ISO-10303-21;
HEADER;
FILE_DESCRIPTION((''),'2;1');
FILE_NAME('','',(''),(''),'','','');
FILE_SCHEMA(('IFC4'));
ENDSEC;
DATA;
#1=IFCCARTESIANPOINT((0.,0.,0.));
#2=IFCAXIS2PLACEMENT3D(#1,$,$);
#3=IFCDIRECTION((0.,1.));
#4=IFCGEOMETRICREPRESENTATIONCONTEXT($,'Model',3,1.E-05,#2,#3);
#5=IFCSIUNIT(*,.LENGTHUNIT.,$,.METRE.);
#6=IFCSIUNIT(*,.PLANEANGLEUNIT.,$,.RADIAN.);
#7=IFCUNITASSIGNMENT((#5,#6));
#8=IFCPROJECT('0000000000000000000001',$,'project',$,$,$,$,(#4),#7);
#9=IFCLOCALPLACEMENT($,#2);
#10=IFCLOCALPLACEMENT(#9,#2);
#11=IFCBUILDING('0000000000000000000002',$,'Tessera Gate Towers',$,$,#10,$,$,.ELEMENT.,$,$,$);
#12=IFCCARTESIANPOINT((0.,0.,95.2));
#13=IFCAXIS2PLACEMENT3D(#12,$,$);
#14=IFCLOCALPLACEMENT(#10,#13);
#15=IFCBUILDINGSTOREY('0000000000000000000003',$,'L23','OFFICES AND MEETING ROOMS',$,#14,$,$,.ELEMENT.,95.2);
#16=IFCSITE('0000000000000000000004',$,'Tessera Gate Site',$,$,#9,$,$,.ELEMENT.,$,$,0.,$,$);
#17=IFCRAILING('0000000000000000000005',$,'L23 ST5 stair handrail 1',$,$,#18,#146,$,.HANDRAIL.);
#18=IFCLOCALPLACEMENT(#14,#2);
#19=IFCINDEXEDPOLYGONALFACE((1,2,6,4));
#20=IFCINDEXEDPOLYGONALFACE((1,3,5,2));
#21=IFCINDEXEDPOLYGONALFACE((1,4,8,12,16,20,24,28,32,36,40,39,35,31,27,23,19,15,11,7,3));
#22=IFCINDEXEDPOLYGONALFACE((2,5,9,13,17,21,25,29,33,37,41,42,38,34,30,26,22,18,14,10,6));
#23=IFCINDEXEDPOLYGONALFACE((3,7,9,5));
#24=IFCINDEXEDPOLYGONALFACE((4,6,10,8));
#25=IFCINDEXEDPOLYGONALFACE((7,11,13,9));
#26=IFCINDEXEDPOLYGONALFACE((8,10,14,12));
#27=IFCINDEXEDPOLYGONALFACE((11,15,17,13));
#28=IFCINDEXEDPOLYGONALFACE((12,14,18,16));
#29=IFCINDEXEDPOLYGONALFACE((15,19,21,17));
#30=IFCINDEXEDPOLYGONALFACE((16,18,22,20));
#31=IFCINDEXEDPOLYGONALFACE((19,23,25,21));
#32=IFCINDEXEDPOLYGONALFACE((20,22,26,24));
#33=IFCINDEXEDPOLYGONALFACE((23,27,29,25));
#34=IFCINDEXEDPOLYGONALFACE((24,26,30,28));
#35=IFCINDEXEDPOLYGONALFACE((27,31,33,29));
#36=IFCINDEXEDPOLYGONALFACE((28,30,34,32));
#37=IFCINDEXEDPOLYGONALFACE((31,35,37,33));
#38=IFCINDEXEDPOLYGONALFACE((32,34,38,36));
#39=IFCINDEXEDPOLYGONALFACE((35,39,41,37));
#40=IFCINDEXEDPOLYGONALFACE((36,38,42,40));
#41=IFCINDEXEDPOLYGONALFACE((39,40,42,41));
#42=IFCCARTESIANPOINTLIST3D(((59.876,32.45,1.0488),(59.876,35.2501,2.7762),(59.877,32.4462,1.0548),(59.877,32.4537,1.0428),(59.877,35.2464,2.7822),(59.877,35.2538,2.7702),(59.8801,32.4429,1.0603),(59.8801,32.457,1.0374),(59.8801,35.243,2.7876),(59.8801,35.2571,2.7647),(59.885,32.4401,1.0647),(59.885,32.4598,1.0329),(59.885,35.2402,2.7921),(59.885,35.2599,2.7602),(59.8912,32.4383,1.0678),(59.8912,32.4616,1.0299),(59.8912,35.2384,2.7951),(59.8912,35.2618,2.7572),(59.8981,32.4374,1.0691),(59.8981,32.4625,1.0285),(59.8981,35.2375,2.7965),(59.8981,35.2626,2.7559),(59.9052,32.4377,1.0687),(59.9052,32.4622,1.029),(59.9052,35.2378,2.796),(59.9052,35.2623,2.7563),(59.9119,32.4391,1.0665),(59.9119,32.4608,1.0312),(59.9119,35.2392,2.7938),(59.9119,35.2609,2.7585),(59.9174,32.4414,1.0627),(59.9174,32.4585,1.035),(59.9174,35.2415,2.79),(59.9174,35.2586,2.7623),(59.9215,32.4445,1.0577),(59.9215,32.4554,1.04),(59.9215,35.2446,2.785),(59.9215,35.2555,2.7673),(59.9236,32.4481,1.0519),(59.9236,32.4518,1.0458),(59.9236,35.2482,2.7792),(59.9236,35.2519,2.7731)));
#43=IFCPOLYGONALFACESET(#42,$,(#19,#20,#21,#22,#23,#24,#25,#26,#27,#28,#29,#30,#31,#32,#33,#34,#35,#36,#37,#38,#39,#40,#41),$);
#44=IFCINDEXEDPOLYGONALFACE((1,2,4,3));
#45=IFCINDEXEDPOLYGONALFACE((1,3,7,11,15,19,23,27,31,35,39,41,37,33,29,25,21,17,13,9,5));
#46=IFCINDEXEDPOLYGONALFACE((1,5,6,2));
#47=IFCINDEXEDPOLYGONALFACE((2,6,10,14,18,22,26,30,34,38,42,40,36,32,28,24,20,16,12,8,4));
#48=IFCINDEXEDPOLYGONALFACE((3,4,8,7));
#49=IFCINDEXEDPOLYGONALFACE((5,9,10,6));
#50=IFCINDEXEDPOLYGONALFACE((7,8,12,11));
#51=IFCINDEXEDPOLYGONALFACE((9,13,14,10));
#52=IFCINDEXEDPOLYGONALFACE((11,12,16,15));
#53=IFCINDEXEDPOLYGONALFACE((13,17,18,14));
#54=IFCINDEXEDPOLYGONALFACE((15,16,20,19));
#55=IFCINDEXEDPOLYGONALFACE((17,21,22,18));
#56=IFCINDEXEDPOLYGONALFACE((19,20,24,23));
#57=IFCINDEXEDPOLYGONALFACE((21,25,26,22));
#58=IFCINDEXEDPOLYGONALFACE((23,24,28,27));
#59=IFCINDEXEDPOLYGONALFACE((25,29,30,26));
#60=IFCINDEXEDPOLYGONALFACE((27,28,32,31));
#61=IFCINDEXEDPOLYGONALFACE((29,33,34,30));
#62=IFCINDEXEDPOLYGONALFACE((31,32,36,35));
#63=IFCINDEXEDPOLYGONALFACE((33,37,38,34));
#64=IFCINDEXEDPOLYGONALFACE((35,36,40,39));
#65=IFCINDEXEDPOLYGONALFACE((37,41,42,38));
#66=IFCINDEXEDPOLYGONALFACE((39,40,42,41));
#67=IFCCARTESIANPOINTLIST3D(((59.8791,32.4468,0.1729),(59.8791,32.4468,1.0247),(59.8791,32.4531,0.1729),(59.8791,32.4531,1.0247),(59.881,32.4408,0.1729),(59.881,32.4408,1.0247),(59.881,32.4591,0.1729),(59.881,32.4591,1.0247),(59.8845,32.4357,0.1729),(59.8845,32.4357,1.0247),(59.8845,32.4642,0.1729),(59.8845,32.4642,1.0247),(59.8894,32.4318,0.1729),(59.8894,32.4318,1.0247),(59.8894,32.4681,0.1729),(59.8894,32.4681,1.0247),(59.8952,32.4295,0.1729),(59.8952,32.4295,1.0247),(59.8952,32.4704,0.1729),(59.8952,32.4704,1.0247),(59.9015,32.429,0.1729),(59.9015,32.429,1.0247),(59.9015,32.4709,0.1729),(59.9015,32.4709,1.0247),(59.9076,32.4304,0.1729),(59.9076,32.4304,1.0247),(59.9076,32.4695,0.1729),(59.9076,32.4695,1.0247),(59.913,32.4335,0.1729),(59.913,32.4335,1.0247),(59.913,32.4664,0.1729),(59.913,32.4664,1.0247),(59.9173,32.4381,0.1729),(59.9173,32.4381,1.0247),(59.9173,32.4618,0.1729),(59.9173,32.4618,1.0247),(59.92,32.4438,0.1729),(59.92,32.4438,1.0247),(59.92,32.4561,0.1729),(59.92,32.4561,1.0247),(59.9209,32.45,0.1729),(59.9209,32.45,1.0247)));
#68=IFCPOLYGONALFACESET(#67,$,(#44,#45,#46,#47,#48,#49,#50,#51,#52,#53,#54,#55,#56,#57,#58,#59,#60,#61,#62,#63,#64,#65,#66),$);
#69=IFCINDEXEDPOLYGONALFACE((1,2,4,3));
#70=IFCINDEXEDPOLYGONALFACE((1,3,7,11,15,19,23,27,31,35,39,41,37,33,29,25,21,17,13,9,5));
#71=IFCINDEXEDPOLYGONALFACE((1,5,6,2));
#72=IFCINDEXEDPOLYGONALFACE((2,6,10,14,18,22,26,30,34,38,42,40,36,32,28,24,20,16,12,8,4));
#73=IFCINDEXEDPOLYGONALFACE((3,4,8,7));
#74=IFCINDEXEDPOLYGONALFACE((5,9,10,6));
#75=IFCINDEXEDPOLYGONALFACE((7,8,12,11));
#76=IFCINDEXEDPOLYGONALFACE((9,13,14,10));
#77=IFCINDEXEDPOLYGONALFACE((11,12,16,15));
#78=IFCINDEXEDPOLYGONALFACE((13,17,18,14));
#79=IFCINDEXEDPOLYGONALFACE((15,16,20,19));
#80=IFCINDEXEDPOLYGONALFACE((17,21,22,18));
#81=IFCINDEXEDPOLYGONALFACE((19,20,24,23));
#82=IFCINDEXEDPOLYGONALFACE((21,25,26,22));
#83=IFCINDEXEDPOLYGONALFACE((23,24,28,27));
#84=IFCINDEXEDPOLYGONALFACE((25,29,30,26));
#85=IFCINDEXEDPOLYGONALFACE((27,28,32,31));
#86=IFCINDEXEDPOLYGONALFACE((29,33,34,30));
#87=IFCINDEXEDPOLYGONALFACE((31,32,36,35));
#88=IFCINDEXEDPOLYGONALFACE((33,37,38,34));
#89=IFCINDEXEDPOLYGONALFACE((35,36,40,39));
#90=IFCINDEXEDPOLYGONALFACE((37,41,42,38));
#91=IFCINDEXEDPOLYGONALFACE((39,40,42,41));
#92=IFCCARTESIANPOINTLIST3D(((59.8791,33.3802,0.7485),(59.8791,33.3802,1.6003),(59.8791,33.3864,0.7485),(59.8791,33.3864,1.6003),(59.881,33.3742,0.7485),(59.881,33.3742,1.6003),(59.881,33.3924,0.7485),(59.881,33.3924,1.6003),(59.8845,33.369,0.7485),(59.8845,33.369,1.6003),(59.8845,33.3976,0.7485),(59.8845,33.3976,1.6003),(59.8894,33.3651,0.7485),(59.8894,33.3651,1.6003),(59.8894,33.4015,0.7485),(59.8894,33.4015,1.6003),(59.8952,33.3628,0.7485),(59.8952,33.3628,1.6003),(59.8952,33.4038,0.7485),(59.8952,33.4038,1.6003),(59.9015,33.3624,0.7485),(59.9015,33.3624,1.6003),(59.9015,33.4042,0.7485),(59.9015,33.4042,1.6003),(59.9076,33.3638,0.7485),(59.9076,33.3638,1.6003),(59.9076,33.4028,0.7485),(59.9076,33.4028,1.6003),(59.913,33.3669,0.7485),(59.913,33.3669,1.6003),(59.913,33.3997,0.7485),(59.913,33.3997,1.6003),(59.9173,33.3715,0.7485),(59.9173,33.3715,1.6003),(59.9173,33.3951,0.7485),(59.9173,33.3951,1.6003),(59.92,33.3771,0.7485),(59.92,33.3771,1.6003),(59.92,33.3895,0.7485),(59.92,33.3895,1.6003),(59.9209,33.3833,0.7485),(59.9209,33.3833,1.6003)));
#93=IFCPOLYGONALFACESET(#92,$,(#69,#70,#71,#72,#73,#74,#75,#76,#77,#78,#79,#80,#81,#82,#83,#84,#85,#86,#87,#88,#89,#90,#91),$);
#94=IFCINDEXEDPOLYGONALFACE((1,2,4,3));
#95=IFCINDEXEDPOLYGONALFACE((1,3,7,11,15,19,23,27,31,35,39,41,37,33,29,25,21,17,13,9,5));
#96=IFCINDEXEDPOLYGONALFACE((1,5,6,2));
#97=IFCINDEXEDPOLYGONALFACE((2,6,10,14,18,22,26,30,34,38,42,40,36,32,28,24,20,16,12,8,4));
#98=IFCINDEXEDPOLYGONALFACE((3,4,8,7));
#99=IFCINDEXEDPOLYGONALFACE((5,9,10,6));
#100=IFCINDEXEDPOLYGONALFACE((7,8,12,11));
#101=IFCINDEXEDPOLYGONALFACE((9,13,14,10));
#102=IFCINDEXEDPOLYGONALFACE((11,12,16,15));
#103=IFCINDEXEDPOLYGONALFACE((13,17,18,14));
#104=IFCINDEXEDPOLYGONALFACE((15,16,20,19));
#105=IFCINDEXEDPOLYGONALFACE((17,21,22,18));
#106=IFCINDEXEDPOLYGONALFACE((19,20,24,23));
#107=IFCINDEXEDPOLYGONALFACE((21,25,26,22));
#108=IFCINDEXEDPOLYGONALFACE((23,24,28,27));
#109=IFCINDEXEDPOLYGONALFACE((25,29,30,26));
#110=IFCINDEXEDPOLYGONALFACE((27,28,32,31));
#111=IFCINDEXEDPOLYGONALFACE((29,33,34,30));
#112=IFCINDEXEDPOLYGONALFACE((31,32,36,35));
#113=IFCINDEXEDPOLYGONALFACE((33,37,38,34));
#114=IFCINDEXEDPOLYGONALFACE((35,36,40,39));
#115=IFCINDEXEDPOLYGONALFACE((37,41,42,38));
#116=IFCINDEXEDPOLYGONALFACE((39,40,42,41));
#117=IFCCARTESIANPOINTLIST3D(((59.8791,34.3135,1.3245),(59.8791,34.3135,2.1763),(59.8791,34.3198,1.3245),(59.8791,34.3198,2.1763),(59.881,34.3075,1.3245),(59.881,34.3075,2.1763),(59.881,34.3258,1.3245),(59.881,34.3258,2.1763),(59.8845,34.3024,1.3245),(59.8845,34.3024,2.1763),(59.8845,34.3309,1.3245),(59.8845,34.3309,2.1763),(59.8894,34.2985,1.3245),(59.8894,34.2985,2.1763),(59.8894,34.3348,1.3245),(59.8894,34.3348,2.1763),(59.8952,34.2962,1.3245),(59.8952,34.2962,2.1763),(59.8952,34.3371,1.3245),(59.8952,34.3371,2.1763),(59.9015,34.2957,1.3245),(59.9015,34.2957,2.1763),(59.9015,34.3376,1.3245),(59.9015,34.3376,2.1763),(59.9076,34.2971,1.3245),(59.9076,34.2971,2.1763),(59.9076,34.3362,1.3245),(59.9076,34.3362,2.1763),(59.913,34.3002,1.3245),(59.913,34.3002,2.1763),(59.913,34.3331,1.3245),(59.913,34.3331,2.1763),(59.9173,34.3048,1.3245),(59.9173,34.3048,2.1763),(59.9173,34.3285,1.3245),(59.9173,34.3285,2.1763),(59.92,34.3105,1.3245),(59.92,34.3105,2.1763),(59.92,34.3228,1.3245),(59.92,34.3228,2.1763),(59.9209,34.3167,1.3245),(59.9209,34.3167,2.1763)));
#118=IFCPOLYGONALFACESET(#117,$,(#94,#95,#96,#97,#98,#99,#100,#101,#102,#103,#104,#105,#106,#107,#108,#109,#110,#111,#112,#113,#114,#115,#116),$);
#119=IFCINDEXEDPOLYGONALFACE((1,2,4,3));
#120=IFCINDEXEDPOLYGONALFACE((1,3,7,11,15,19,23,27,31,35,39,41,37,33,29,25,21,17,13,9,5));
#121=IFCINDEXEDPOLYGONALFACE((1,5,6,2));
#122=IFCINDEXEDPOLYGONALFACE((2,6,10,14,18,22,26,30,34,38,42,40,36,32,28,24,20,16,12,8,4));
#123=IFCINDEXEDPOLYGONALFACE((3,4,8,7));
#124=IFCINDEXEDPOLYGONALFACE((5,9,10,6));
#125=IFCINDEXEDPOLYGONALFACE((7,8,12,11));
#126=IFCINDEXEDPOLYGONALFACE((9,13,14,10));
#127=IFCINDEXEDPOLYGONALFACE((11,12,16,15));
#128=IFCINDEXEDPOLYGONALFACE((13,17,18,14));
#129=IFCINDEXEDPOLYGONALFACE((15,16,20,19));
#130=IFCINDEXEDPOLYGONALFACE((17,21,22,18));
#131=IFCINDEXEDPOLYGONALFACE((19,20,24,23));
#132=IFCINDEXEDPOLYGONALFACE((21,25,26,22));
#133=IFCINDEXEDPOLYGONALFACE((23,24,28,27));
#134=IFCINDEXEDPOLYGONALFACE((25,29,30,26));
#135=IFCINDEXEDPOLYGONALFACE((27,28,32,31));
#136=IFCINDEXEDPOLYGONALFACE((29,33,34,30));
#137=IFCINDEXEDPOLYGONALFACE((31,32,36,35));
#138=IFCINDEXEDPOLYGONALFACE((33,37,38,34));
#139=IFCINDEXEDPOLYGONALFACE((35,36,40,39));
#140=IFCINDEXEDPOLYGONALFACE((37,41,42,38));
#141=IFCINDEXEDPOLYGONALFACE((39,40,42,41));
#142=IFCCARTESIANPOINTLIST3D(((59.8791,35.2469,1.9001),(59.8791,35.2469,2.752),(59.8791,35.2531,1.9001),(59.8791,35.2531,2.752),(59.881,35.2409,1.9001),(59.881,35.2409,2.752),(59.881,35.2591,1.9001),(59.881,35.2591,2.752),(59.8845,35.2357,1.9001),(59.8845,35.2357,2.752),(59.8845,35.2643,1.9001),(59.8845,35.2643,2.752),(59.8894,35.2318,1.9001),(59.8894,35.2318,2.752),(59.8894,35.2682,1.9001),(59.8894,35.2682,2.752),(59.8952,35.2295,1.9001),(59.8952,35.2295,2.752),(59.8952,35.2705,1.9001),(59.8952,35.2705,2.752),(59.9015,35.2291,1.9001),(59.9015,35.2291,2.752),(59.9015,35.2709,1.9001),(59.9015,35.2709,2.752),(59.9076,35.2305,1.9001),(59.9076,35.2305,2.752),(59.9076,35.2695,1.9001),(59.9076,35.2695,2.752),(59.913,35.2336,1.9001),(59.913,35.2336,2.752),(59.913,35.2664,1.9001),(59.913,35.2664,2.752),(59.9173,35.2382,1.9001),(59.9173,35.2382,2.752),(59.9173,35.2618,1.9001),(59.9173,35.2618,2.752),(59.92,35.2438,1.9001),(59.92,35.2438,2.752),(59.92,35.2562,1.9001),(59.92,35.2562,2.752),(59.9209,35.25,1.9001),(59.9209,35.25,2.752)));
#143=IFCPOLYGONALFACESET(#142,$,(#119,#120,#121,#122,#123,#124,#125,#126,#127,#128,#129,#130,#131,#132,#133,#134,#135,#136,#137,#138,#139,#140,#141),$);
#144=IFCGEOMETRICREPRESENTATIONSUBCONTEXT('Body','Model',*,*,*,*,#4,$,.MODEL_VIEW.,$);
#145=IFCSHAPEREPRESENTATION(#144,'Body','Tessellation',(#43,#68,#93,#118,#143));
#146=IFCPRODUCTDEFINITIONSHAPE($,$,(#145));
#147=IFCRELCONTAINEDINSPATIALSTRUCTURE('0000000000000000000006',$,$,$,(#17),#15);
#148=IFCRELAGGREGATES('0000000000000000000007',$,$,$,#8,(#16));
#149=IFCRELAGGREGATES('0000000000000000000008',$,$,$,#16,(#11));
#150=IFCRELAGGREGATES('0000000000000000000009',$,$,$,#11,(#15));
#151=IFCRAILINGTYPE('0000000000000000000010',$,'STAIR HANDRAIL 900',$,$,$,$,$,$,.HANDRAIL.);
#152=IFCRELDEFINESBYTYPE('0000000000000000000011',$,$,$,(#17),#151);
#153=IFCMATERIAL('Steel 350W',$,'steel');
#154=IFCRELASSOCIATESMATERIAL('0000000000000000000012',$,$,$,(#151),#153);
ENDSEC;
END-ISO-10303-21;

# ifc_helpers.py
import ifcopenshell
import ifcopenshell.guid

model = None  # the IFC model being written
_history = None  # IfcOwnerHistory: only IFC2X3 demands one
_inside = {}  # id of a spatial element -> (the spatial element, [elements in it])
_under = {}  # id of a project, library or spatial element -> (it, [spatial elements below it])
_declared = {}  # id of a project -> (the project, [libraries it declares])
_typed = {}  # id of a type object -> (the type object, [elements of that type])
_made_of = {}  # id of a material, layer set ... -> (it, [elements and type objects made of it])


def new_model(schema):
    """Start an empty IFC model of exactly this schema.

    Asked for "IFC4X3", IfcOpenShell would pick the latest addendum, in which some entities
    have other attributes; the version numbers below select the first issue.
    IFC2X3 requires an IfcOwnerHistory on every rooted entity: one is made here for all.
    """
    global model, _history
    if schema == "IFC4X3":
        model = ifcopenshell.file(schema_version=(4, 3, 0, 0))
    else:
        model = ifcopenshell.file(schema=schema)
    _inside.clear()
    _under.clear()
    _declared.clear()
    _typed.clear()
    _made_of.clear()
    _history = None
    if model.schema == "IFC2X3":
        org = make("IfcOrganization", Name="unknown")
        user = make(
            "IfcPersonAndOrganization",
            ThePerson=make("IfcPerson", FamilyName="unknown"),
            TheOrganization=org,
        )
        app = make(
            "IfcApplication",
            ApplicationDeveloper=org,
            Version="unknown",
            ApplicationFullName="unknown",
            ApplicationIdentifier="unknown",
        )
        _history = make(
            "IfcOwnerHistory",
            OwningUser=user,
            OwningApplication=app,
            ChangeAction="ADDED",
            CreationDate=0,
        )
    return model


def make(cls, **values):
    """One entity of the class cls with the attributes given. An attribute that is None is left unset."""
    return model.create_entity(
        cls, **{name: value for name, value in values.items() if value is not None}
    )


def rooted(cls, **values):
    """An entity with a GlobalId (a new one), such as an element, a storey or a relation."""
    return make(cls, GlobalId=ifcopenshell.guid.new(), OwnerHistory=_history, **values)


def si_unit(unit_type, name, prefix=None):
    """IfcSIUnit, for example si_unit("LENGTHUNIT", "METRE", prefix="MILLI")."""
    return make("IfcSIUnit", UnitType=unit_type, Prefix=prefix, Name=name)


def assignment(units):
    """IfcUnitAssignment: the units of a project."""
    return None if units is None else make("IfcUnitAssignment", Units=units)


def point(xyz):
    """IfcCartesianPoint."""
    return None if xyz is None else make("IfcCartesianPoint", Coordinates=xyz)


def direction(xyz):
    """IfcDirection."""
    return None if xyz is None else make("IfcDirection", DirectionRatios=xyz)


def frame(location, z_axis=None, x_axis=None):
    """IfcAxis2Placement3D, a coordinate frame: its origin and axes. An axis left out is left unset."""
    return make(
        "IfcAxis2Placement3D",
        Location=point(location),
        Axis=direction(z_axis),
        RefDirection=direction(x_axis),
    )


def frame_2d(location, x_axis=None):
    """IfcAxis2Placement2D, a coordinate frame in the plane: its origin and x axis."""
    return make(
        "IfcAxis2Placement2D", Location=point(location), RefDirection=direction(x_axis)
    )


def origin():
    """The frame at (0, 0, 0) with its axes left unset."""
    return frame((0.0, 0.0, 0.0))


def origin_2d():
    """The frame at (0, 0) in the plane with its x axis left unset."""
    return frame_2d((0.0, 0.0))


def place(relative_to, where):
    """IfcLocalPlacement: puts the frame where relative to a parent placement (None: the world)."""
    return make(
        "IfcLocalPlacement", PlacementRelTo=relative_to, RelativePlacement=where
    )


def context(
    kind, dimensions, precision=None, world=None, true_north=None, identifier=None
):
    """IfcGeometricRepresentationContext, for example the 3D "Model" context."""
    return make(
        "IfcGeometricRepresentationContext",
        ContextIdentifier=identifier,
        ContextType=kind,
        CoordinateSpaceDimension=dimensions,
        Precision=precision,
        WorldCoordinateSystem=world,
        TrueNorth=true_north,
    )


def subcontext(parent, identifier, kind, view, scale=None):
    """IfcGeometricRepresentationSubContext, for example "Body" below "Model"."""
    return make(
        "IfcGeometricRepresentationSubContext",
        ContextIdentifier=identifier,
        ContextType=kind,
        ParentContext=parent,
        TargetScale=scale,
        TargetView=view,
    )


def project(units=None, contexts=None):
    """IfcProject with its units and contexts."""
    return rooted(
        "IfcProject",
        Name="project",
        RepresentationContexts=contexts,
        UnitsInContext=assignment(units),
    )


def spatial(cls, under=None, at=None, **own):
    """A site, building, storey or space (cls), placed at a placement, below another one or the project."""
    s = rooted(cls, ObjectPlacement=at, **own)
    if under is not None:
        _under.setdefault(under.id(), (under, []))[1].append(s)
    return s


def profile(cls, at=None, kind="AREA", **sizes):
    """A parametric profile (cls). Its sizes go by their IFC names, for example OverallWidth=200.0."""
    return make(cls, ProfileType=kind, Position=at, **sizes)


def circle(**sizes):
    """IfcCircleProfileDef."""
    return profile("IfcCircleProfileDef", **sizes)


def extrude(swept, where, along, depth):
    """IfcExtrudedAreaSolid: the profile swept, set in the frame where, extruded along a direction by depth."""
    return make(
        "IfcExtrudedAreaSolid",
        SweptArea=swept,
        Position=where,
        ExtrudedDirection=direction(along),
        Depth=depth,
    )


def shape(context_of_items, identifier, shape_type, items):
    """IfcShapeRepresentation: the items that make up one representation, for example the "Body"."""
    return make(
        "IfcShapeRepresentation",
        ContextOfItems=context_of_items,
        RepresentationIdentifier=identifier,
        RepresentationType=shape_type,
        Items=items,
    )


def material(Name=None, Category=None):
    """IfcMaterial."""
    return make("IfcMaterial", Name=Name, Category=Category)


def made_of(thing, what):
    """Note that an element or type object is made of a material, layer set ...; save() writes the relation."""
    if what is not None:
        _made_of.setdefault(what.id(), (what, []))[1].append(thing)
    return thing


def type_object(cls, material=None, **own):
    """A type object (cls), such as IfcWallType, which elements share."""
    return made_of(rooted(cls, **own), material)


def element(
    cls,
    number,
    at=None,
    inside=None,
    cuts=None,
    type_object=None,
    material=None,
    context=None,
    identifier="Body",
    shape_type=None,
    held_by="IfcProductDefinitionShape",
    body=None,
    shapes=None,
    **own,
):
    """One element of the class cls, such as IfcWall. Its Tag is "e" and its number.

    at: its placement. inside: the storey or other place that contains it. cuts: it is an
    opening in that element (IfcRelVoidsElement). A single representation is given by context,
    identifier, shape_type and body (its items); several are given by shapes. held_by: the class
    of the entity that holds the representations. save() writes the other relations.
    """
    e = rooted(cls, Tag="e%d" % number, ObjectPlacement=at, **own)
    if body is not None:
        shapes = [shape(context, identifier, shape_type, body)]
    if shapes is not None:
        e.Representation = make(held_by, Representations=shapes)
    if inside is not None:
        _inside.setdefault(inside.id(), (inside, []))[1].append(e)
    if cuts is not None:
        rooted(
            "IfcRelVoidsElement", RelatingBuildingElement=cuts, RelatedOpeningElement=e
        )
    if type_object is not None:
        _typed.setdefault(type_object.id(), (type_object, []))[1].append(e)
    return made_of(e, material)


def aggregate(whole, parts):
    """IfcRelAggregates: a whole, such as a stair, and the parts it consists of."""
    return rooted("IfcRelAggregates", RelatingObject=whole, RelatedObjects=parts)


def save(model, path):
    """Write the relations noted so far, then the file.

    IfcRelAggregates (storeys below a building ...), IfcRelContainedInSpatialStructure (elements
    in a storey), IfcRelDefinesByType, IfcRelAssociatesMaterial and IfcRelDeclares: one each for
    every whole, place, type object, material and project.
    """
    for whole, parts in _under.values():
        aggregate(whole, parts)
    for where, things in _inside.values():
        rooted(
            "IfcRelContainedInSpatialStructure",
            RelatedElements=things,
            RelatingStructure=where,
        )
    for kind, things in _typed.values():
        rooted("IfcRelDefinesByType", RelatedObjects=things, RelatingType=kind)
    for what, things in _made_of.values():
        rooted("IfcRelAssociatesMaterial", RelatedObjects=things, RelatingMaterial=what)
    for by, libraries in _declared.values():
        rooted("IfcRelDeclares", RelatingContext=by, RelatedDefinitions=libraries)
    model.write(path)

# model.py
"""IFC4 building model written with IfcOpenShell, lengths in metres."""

from ifc_helpers import new_model, si_unit, direction, frame, origin, origin_2d, place, context, subcontext, project, spatial, circle, extrude, material, type_object, element, save


model = new_model("IFC4")

# Units and contexts
model_context = context("Model", 3, precision=1e-05, world=origin(), true_north=direction((0.0, 1.0)))
body_context = subcontext(model_context, "Body", "Model", "MODEL_VIEW")
ifc_project = project(units=[si_unit("LENGTHUNIT", "METRE"), si_unit("PLANEANGLEUNIT", "RADIAN")], contexts=[model_context])

# Site, building, storey
site_placement = place(None, origin())
site = spatial("IfcSite", under=ifc_project, at=site_placement, Name="Tessera Gate Site", CompositionType="ELEMENT", RefElevation=0.0)
building_placement = place(site_placement, origin())
building = spatial("IfcBuilding", under=site, at=building_placement, Name="Tessera Gate Towers", CompositionType="ELEMENT")
storey_placement = place(building_placement, frame((0.0, 0.0, 95.2)))
storey = spatial("IfcBuildingStorey", under=building, at=storey_placement, Name="L23", Description="OFFICES AND MEETING ROOMS", CompositionType="ELEMENT", Elevation=95.2)

# Railing
ifc_material_1 = material(Name="Steel 350W", Category="steel")
railing_type = type_object("IfcRailingType", Name="STAIR HANDRAIL 900", PredefinedType="HANDRAIL", material=ifc_material_1)
railing_placement = place(storey_placement, frame((59.8999, 32.45, 0.1729)))
element("IfcRailing", 1, at=railing_placement, inside=storey, type_object=railing_type, Name="L23 ST5 stair handrail 1", PredefinedType="HANDRAIL", context=body_context, shape_type="SweptSolid", body=[
    extrude(circle(Radius=0.0239, at=origin_2d()), frame((0.0, 0.0, 0.876), z_axis=(0.0, 0.85109, 0.52502), x_axis=(-1.0, 0.0, 0.0)), (0.0, 0.0, 1.0), 3.29),
    extrude(circle(Radius=0.021, at=origin_2d()), origin(), (0.0, 0.0, 1.0), 0.8518),
    extrude(circle(Radius=0.021, at=origin_2d()), frame((0.0, 0.9333, 0.5757)), (0.0, 0.0, 1.0), 0.8518),
    extrude(circle(Radius=0.021, at=origin_2d()), frame((0.0, 1.8667, 1.1516)), (0.0, 0.0, 1.0), 0.8518),
    extrude(circle(Radius=0.021, at=origin_2d()), frame((0.0, 2.8, 1.7273)), (0.0, 0.0, 1.0), 0.8518),
])

save(model, "model.ifc")
